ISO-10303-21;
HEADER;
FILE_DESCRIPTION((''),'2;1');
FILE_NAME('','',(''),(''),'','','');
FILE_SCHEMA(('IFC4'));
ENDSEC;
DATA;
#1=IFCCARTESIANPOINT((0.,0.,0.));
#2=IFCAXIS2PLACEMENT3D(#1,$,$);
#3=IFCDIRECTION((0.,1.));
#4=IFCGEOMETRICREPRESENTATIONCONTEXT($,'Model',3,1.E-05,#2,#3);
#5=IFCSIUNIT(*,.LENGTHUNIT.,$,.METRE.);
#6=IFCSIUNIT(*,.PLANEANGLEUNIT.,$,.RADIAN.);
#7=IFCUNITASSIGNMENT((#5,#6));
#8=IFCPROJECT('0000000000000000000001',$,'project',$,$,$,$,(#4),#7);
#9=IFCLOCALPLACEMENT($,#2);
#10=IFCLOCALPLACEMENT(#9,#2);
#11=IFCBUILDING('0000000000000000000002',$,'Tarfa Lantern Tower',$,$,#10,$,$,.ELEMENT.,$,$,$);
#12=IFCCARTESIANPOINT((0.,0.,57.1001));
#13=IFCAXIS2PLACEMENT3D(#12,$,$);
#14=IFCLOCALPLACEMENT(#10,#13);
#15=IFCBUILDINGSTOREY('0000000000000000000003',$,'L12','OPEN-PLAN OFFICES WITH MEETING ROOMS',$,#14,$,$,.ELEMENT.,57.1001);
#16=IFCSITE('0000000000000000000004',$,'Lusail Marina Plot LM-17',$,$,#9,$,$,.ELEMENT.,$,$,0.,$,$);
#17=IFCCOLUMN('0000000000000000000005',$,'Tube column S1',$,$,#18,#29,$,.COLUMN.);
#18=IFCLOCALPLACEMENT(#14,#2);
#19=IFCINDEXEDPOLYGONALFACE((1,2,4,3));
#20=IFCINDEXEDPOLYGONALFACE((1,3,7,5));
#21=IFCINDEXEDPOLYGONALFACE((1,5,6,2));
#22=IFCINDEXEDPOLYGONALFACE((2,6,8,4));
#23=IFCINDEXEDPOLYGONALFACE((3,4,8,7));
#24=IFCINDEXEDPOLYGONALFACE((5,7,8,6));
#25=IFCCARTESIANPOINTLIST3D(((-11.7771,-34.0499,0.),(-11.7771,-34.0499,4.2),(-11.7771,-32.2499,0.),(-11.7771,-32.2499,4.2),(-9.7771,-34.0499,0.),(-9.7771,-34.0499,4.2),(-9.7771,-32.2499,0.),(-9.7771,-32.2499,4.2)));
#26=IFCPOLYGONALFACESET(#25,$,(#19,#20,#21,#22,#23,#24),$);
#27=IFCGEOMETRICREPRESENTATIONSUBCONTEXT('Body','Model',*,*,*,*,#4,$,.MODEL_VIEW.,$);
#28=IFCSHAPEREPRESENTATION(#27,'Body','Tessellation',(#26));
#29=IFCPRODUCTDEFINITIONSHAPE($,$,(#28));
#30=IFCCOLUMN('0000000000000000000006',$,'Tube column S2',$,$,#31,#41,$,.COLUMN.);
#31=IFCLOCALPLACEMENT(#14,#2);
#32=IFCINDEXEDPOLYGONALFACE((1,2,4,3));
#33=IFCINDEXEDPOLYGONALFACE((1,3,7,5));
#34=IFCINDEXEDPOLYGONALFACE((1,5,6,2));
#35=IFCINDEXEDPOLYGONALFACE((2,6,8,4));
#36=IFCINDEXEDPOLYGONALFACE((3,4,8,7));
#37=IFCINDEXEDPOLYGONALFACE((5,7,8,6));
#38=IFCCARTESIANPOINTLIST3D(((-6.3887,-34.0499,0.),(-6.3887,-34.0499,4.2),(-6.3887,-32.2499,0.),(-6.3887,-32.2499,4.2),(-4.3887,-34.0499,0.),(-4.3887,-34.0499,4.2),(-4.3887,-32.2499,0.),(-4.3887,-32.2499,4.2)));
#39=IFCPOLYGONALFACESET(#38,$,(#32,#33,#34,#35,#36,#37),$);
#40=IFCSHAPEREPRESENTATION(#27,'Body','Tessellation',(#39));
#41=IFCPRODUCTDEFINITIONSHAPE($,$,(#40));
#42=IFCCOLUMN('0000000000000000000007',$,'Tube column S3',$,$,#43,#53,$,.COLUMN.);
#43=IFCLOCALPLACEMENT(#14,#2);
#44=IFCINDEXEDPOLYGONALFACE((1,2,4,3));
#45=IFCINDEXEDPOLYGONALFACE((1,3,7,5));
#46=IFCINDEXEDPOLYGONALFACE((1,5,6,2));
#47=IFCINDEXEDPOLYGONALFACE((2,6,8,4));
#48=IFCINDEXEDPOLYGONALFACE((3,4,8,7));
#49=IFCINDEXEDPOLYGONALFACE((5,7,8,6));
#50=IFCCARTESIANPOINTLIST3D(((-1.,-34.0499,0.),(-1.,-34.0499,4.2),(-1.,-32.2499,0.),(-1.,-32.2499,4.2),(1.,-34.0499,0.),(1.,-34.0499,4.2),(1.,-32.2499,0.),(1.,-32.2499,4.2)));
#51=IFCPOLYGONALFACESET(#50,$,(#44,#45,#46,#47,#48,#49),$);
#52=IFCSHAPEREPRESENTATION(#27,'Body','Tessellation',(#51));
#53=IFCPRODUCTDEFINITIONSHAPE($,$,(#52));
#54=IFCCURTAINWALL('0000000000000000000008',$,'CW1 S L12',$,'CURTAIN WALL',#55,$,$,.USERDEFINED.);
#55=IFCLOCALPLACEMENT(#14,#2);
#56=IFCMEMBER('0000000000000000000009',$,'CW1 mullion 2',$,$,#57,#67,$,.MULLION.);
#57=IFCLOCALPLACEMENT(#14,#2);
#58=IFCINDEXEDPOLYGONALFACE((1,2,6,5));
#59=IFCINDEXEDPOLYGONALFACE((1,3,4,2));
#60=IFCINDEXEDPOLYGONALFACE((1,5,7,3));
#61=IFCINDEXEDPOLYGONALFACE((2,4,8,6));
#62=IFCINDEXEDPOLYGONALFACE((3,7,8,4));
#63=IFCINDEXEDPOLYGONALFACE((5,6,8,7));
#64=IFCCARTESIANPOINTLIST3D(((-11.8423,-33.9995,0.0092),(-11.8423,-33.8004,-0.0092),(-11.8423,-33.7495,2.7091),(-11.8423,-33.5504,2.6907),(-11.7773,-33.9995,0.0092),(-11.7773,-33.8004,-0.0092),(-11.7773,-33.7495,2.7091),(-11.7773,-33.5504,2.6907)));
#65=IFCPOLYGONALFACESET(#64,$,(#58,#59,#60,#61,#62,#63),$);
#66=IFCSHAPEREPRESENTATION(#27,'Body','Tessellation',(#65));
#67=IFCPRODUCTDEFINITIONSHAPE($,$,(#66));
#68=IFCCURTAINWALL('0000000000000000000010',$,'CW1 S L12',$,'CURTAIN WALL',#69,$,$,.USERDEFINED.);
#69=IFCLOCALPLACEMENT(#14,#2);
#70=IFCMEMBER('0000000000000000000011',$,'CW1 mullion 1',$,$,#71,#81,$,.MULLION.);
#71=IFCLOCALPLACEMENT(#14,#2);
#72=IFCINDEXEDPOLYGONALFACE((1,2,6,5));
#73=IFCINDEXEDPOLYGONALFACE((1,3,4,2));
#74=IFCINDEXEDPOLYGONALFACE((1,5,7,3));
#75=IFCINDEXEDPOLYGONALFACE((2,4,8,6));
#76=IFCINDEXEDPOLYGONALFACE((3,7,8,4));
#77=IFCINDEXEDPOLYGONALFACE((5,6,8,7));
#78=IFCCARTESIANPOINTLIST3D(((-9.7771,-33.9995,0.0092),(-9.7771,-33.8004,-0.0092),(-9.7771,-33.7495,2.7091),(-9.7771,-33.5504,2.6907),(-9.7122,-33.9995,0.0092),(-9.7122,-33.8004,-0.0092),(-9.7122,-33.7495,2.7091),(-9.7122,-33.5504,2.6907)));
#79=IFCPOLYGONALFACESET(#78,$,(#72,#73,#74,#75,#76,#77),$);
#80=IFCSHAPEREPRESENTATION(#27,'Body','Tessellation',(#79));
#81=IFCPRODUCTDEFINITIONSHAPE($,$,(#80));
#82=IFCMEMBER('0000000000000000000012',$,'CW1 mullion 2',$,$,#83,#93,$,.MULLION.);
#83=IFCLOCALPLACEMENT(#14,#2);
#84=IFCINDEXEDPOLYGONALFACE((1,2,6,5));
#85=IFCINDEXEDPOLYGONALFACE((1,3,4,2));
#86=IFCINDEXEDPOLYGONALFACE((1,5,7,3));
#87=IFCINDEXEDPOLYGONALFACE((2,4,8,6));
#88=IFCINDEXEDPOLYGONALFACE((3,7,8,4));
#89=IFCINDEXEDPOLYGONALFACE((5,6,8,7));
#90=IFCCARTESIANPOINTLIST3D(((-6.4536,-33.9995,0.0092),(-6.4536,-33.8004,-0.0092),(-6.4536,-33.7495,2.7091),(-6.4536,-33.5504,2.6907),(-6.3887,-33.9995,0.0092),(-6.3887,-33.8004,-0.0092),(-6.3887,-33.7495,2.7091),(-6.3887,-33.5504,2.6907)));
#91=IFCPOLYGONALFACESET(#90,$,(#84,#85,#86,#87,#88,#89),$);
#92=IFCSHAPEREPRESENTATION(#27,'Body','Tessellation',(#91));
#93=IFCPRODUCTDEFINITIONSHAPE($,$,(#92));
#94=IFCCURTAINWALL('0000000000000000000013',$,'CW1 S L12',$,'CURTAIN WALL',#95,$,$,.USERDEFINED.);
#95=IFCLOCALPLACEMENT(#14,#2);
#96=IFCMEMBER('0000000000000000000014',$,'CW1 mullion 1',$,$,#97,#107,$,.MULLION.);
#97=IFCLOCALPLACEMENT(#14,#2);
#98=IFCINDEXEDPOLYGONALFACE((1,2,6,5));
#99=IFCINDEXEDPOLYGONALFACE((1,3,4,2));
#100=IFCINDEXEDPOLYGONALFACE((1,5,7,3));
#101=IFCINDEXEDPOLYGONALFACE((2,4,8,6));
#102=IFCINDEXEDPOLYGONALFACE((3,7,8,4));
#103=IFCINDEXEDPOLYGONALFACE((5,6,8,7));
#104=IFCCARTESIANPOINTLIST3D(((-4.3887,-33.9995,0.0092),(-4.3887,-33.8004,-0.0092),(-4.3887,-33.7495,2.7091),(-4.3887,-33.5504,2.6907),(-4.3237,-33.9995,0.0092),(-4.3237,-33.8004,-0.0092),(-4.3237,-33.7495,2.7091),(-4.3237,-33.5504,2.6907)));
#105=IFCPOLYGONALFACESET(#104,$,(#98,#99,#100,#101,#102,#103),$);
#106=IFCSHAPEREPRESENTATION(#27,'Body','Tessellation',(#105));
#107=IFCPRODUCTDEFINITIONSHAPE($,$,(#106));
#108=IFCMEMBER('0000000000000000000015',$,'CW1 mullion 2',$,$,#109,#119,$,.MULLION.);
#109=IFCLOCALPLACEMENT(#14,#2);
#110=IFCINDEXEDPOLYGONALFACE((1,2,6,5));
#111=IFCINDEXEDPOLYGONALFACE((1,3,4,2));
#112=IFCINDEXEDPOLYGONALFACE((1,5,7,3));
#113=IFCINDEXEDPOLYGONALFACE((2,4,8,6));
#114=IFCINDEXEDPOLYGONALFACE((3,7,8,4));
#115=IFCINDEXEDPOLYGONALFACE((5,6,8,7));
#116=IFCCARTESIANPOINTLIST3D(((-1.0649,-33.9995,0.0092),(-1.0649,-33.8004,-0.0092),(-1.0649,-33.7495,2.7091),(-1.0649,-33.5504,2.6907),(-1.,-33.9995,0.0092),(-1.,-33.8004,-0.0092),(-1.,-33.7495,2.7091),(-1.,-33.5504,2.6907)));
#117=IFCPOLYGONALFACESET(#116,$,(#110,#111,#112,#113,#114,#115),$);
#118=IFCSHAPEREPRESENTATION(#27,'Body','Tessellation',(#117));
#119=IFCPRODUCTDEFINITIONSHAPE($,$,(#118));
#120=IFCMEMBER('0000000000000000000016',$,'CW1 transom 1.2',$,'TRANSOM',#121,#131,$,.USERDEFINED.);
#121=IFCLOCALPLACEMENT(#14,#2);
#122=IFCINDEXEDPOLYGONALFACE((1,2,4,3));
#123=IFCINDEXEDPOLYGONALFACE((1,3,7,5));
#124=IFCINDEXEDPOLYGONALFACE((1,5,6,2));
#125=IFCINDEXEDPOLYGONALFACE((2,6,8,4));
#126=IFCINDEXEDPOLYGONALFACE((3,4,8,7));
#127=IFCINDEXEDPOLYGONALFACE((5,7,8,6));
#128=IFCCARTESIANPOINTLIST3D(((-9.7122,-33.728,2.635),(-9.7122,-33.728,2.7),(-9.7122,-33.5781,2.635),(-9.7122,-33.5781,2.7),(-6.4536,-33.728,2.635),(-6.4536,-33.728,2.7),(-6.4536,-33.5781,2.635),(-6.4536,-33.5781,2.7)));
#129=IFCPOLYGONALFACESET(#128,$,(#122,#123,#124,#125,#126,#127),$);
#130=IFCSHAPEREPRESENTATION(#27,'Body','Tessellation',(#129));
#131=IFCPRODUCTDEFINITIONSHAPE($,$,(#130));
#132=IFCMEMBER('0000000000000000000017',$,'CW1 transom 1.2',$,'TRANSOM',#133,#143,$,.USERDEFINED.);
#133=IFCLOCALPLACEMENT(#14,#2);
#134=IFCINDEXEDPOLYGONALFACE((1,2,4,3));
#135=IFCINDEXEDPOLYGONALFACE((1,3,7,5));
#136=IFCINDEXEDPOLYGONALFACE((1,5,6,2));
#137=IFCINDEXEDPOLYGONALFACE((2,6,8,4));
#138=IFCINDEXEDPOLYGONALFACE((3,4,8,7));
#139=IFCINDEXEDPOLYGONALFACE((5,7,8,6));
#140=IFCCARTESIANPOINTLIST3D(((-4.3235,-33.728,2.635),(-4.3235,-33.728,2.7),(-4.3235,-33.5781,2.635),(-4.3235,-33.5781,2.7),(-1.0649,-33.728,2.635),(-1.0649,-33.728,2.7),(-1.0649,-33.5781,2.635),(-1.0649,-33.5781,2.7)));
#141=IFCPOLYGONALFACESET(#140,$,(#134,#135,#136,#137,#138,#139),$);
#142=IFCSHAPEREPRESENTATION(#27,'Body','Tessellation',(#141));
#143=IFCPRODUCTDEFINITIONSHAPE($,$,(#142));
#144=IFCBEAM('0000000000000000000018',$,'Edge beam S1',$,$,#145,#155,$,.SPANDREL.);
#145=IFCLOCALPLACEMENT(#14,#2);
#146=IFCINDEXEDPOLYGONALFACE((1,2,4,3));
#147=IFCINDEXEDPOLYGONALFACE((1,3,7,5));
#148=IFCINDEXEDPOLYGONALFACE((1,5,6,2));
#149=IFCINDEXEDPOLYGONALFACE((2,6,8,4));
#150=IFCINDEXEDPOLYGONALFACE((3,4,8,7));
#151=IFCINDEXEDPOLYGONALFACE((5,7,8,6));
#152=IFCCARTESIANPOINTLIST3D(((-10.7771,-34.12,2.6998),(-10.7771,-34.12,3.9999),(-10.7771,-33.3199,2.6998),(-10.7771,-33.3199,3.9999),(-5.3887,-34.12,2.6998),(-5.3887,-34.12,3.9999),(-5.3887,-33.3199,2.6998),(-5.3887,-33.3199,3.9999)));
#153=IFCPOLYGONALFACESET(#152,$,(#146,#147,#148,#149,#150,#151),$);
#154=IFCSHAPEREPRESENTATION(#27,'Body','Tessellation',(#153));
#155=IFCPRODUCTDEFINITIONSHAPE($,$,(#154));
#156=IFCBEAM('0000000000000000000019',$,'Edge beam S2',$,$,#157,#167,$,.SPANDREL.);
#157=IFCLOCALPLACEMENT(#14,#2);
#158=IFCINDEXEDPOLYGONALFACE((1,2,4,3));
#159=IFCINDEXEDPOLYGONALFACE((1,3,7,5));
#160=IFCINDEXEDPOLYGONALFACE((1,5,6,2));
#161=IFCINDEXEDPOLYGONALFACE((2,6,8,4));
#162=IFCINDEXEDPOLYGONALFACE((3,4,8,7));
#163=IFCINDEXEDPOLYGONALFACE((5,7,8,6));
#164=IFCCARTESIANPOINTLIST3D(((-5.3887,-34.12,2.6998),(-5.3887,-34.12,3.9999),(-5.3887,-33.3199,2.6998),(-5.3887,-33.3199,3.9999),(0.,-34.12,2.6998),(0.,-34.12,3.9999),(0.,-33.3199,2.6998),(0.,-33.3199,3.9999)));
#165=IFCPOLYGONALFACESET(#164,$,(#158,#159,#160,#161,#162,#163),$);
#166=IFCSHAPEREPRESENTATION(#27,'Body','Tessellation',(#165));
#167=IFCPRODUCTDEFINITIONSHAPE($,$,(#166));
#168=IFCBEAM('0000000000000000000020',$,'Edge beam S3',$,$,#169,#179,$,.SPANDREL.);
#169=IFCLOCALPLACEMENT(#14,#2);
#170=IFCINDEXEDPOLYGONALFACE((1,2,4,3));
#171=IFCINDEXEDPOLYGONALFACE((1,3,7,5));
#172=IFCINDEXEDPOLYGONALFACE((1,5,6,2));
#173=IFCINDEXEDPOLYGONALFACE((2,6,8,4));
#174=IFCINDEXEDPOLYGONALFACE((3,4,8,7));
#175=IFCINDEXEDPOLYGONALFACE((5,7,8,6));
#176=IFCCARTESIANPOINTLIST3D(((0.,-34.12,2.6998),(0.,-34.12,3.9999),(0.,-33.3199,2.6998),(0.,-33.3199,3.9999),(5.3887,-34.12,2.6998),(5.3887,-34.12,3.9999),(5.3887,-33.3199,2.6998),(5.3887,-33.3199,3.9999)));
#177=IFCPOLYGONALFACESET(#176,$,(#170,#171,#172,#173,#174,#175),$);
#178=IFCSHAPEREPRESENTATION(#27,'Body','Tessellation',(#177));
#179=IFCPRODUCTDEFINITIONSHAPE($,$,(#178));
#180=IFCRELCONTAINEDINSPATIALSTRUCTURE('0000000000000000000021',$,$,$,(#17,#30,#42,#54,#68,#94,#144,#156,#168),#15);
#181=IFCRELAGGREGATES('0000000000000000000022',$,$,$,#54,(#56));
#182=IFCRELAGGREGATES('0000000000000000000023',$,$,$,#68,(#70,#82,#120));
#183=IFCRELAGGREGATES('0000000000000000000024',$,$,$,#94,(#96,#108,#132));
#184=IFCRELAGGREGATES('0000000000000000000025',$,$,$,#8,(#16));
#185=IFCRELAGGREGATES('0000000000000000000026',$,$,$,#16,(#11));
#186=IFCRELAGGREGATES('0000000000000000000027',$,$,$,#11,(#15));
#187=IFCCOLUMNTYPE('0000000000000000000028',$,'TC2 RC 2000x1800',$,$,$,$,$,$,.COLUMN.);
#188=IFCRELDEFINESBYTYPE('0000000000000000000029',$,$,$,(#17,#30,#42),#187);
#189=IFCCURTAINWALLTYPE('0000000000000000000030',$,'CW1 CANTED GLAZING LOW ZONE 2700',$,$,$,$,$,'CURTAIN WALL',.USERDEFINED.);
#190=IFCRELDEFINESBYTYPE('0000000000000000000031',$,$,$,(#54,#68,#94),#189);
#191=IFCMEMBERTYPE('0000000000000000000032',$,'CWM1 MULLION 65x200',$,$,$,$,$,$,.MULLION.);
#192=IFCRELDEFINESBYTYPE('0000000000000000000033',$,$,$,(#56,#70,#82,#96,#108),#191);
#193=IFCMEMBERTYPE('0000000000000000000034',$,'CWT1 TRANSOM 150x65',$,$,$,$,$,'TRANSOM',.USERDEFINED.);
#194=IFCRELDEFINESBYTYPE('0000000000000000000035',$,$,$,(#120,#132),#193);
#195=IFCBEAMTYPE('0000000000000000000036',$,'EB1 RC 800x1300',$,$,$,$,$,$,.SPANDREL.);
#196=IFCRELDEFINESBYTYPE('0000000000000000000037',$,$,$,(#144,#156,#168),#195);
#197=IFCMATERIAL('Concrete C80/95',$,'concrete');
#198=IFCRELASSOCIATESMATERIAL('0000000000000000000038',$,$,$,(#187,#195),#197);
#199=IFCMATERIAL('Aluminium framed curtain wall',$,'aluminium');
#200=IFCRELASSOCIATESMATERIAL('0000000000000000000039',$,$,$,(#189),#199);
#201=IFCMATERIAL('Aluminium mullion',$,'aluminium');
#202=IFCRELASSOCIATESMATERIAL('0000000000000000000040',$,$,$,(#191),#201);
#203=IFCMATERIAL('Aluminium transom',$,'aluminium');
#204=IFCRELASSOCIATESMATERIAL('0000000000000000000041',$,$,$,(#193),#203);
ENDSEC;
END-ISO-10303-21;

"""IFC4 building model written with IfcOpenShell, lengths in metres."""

from ifc_helpers import new_model, si_unit, direction, frame, origin, origin_2d, place, context, subcontext, project, spatial, rectangle, extrude, material, material_profile, profile_set, type_object, element, aggregate, save


model = new_model("IFC4")

# Units and contexts
model_context = context("Model", 3, precision=1e-05, world=origin(), true_north=direction((0.0, 1.0)))
body_context = subcontext(model_context, "Body", "Model", "MODEL_VIEW")
ifc_project = project(units=[si_unit("LENGTHUNIT", "METRE"), si_unit("PLANEANGLEUNIT", "RADIAN")], contexts=[model_context])

# Site, building, storey
site_placement = place(None, origin())
site = spatial("IfcSite", under=ifc_project, at=site_placement, Name="Lusail Marina Plot LM-17", CompositionType="ELEMENT", RefElevation=0.0)
building_placement = place(site_placement, origin())
building = spatial("IfcBuilding", under=site, at=building_placement, Name="Tarfa Lantern Tower", CompositionType="ELEMENT")
storey_placement = place(building_placement, frame((0.0, 0.0, 57.1001)))
storey = spatial("IfcBuildingStorey", under=building, at=storey_placement, Name="L12", Description="OPEN-PLAN OFFICES WITH MEETING ROOMS", CompositionType="ELEMENT", Elevation=57.1001)

# Columns
ifc_material_1 = material(Name="Concrete C80/95", Category="concrete")
ifc_material_profile_1 = material_profile(ifc_material_1, rectangle(XDim=2.0, YDim=1.8, at=origin_2d()), Name="RC 2000x1800")
ifc_profile_set_1 = profile_set([ifc_material_profile_1], Name="Concrete C80/95")
column_type = type_object("IfcColumnType", Name="TC2 RC 2000x1800", PredefinedType="COLUMN", material=ifc_profile_set_1)
for number, where, z_axis, x_axis, name in (
    (1, (-10.7771, -33.1499, 0.0), (0.0, 0.0, 1.0), (1.0, 0.0, 0.0), "Tube column S1"),
    (2, (-5.3887, -33.1499, 0.0), (0.0, 0.0, 1.0), (1.0, 0.0, 0.0), "Tube column S2"),
    (3, (0.0, -33.1499, 0.0), (0.0, 0.0, 1.0), (1.0, 0.0, 0.0), "Tube column S3"),
):
    element("IfcColumn", number, at=place(storey_placement, frame(where, z_axis=z_axis, x_axis=x_axis)), inside=storey, type_object=column_type, Name=name, PredefinedType="COLUMN", context=body_context, shape_type="SweptSolid", body=[
        extrude(rectangle(XDim=2.0, YDim=1.8, at=origin_2d()), origin(), (0.0, 0.0, 1.0), 4.2),
    ])

# Curtain wall, member
ifc_material_2 = material(Name="Aluminium framed curtain wall", Category="aluminium")
curtain_wall_type = type_object("IfcCurtainWallType", Name="CW1 CANTED GLAZING LOW ZONE 2700", ElementType="CURTAIN WALL", PredefinedType="USERDEFINED", material=ifc_material_2)
curtain_wall_1_placement = place(storey_placement, origin())
curtain_wall_1 = element("IfcCurtainWall", 4, at=curtain_wall_1_placement, inside=storey, type_object=curtain_wall_type, Name="CW1 S L12", ObjectType="CURTAIN WALL", PredefinedType="USERDEFINED")
ifc_material_3 = material(Name="Aluminium mullion", Category="aluminium")
ifc_material_profile_2 = material_profile(ifc_material_3, rectangle(XDim=0.0649, YDim=0.2, at=origin_2d()), Name="AL MULLION 65x200")
ifc_profile_set_2 = profile_set([ifc_material_profile_2], Name="Aluminium mullion")
member_type_1 = type_object("IfcMemberType", Name="CWM1 MULLION 65x200", PredefinedType="MULLION", material=ifc_profile_set_2)
member_1_placement = place(storey_placement, frame((-11.8098, -33.8999, 0.0), z_axis=(0.0, 0.0922, 0.995741), x_axis=(-1.0, 0.0, 0.0)))
member_1 = element("IfcMember", 5, at=member_1_placement, type_object=member_type_1, Name="CW1 mullion 2", PredefinedType="MULLION", context=body_context, shape_type="SweptSolid", body=[
    extrude(rectangle(XDim=0.0649, YDim=0.2, at=origin_2d()), origin(), (0.0, 0.0, 1.0), 2.7114),
])
aggregate(curtain_wall_1, [member_1])

# Curtain walls, members
curtain_wall_2_placement = place(storey_placement, origin())
curtain_wall_2 = element("IfcCurtainWall", 6, at=curtain_wall_2_placement, inside=storey, type_object=curtain_wall_type, Name="CW1 S L12", ObjectType="CURTAIN WALL", PredefinedType="USERDEFINED")
member_2_placement = place(storey_placement, frame((-9.7446, -33.8999, 0.0), z_axis=(0.0, 0.0922, 0.995741), x_axis=(-1.0, 0.0, 0.0)))
member_2 = element("IfcMember", 7, at=member_2_placement, type_object=member_type_1, Name="CW1 mullion 1", PredefinedType="MULLION", context=body_context, shape_type="SweptSolid", body=[
    extrude(rectangle(XDim=0.0649, YDim=0.2, at=origin_2d()), origin(), (0.0, 0.0, 1.0), 2.7114),
])
member_3_placement = place(storey_placement, frame((-6.4211, -33.8999, 0.0), z_axis=(0.0, 0.0922, 0.995741), x_axis=(-1.0, 0.0, 0.0)))
member_3 = element("IfcMember", 8, at=member_3_placement, type_object=member_type_1, Name="CW1 mullion 2", PredefinedType="MULLION", context=body_context, shape_type="SweptSolid", body=[
    extrude(rectangle(XDim=0.0649, YDim=0.2, at=origin_2d()), origin(), (0.0, 0.0, 1.0), 2.7114),
])
curtain_wall_3_placement = place(storey_placement, origin())
curtain_wall_3 = element("IfcCurtainWall", 9, at=curtain_wall_3_placement, inside=storey, type_object=curtain_wall_type, Name="CW1 S L12", ObjectType="CURTAIN WALL", PredefinedType="USERDEFINED")
member_4_placement = place(storey_placement, frame((-4.3562, -33.8999, 0.0), z_axis=(0.0, 0.0922, 0.995741), x_axis=(-1.0, 0.0, 0.0)))
member_4 = element("IfcMember", 10, at=member_4_placement, type_object=member_type_1, Name="CW1 mullion 1", PredefinedType="MULLION", context=body_context, shape_type="SweptSolid", body=[
    extrude(rectangle(XDim=0.0649, YDim=0.2, at=origin_2d()), origin(), (0.0, 0.0, 1.0), 2.7114),
])
member_5_placement = place(storey_placement, frame((-1.0325, -33.8999, 0.0), z_axis=(0.0, 0.0922, 0.995741), x_axis=(-1.0, 0.0, 0.0)))
member_5 = element("IfcMember", 11, at=member_5_placement, type_object=member_type_1, Name="CW1 mullion 2", PredefinedType="MULLION", context=body_context, shape_type="SweptSolid", body=[
    extrude(rectangle(XDim=0.0649, YDim=0.2, at=origin_2d()), origin(), (0.0, 0.0, 1.0), 2.7114),
])

# Members
ifc_material_4 = material(Name="Aluminium transom", Category="aluminium")
ifc_material_profile_3 = material_profile(ifc_material_4, rectangle(XDim=0.1499, YDim=0.0649, at=origin_2d()), Name="AL TRANSOM 150x65")
ifc_profile_set_3 = profile_set([ifc_material_profile_3], Name="Aluminium transom")
member_type_2 = type_object("IfcMemberType", Name="CWT1 TRANSOM 150x65", ElementType="TRANSOM", PredefinedType="USERDEFINED", material=ifc_profile_set_3)
member_6_placement = place(storey_placement, frame((-9.7122, -33.6531, 2.6675), z_axis=(1.0, 0.0, 0.0), x_axis=(0.0, 1.0, 0.0)))
member_6 = element("IfcMember", 12, at=member_6_placement, type_object=member_type_2, Name="CW1 transom 1.2", ObjectType="TRANSOM", PredefinedType="USERDEFINED", context=body_context, shape_type="SweptSolid", body=[
    extrude(rectangle(XDim=0.1499, YDim=0.0649, at=origin_2d()), origin(), (0.0, 0.0, 1.0), 3.2585),
])
member_7_placement = place(storey_placement, frame((-4.3235, -33.6531, 2.6675), z_axis=(1.0, 0.0, 0.0), x_axis=(0.0, 1.0, 0.0)))
member_7 = element("IfcMember", 13, at=member_7_placement, type_object=member_type_2, Name="CW1 transom 1.2", ObjectType="TRANSOM", PredefinedType="USERDEFINED", context=body_context, shape_type="SweptSolid", body=[
    extrude(rectangle(XDim=0.1499, YDim=0.0649, at=origin_2d()), origin(), (0.0, 0.0, 1.0), 3.2585),
])

# Beams
ifc_material_profile_4 = material_profile(ifc_material_1, rectangle(XDim=0.8, YDim=1.3, at=origin_2d()), Name="RC 800x1300")
ifc_profile_set_4 = profile_set([ifc_material_profile_4], Name="Concrete C80/95")
beam_type_1 = type_object("IfcBeamType", Name="EB1 RC 800x1300", PredefinedType="SPANDREL", material=ifc_profile_set_4)
beam_placement = place(storey_placement, frame((-10.7771, -33.72, 3.3499), z_axis=(1.0, 0.0, 0.0), x_axis=(0.0, 1.0, 0.0)))
element("IfcBeam", 14, at=beam_placement, inside=storey, type_object=beam_type_1, Name="Edge beam S1", PredefinedType="SPANDREL", context=body_context, shape_type="SweptSolid", body=[
    extrude(rectangle(XDim=0.8, YDim=1.3, at=origin_2d()), origin(), (0.0, 0.0, 1.0), 5.3884),
])
for number, where, z_axis, x_axis, name in (
    (15, (-5.3887, -33.72, 3.3499), (1.0, 0.0, 0.0), (0.0, 1.0, 0.0), "Edge beam S2"),
    (16, (0.0, -33.72, 3.3499), (1.0, 0.0, 0.0), (0.0, 1.0, 0.0), "Edge beam S3"),
):
    element("IfcBeam", number, at=place(storey_placement, frame(where, z_axis=z_axis, x_axis=x_axis)), inside=storey, type_object=beam_type_1, Name=name, PredefinedType="SPANDREL", context=body_context, shape_type="SweptSolid", body=[
        extrude(rectangle(XDim=0.8, YDim=1.3, at=origin_2d()), origin(), (0.0, 0.0, 1.0), 5.3887),
    ])

aggregate(curtain_wall_2, [member_2, member_3, member_6])
aggregate(curtain_wall_3, [member_4, member_5, member_7])

save(model, "model.ifc")
